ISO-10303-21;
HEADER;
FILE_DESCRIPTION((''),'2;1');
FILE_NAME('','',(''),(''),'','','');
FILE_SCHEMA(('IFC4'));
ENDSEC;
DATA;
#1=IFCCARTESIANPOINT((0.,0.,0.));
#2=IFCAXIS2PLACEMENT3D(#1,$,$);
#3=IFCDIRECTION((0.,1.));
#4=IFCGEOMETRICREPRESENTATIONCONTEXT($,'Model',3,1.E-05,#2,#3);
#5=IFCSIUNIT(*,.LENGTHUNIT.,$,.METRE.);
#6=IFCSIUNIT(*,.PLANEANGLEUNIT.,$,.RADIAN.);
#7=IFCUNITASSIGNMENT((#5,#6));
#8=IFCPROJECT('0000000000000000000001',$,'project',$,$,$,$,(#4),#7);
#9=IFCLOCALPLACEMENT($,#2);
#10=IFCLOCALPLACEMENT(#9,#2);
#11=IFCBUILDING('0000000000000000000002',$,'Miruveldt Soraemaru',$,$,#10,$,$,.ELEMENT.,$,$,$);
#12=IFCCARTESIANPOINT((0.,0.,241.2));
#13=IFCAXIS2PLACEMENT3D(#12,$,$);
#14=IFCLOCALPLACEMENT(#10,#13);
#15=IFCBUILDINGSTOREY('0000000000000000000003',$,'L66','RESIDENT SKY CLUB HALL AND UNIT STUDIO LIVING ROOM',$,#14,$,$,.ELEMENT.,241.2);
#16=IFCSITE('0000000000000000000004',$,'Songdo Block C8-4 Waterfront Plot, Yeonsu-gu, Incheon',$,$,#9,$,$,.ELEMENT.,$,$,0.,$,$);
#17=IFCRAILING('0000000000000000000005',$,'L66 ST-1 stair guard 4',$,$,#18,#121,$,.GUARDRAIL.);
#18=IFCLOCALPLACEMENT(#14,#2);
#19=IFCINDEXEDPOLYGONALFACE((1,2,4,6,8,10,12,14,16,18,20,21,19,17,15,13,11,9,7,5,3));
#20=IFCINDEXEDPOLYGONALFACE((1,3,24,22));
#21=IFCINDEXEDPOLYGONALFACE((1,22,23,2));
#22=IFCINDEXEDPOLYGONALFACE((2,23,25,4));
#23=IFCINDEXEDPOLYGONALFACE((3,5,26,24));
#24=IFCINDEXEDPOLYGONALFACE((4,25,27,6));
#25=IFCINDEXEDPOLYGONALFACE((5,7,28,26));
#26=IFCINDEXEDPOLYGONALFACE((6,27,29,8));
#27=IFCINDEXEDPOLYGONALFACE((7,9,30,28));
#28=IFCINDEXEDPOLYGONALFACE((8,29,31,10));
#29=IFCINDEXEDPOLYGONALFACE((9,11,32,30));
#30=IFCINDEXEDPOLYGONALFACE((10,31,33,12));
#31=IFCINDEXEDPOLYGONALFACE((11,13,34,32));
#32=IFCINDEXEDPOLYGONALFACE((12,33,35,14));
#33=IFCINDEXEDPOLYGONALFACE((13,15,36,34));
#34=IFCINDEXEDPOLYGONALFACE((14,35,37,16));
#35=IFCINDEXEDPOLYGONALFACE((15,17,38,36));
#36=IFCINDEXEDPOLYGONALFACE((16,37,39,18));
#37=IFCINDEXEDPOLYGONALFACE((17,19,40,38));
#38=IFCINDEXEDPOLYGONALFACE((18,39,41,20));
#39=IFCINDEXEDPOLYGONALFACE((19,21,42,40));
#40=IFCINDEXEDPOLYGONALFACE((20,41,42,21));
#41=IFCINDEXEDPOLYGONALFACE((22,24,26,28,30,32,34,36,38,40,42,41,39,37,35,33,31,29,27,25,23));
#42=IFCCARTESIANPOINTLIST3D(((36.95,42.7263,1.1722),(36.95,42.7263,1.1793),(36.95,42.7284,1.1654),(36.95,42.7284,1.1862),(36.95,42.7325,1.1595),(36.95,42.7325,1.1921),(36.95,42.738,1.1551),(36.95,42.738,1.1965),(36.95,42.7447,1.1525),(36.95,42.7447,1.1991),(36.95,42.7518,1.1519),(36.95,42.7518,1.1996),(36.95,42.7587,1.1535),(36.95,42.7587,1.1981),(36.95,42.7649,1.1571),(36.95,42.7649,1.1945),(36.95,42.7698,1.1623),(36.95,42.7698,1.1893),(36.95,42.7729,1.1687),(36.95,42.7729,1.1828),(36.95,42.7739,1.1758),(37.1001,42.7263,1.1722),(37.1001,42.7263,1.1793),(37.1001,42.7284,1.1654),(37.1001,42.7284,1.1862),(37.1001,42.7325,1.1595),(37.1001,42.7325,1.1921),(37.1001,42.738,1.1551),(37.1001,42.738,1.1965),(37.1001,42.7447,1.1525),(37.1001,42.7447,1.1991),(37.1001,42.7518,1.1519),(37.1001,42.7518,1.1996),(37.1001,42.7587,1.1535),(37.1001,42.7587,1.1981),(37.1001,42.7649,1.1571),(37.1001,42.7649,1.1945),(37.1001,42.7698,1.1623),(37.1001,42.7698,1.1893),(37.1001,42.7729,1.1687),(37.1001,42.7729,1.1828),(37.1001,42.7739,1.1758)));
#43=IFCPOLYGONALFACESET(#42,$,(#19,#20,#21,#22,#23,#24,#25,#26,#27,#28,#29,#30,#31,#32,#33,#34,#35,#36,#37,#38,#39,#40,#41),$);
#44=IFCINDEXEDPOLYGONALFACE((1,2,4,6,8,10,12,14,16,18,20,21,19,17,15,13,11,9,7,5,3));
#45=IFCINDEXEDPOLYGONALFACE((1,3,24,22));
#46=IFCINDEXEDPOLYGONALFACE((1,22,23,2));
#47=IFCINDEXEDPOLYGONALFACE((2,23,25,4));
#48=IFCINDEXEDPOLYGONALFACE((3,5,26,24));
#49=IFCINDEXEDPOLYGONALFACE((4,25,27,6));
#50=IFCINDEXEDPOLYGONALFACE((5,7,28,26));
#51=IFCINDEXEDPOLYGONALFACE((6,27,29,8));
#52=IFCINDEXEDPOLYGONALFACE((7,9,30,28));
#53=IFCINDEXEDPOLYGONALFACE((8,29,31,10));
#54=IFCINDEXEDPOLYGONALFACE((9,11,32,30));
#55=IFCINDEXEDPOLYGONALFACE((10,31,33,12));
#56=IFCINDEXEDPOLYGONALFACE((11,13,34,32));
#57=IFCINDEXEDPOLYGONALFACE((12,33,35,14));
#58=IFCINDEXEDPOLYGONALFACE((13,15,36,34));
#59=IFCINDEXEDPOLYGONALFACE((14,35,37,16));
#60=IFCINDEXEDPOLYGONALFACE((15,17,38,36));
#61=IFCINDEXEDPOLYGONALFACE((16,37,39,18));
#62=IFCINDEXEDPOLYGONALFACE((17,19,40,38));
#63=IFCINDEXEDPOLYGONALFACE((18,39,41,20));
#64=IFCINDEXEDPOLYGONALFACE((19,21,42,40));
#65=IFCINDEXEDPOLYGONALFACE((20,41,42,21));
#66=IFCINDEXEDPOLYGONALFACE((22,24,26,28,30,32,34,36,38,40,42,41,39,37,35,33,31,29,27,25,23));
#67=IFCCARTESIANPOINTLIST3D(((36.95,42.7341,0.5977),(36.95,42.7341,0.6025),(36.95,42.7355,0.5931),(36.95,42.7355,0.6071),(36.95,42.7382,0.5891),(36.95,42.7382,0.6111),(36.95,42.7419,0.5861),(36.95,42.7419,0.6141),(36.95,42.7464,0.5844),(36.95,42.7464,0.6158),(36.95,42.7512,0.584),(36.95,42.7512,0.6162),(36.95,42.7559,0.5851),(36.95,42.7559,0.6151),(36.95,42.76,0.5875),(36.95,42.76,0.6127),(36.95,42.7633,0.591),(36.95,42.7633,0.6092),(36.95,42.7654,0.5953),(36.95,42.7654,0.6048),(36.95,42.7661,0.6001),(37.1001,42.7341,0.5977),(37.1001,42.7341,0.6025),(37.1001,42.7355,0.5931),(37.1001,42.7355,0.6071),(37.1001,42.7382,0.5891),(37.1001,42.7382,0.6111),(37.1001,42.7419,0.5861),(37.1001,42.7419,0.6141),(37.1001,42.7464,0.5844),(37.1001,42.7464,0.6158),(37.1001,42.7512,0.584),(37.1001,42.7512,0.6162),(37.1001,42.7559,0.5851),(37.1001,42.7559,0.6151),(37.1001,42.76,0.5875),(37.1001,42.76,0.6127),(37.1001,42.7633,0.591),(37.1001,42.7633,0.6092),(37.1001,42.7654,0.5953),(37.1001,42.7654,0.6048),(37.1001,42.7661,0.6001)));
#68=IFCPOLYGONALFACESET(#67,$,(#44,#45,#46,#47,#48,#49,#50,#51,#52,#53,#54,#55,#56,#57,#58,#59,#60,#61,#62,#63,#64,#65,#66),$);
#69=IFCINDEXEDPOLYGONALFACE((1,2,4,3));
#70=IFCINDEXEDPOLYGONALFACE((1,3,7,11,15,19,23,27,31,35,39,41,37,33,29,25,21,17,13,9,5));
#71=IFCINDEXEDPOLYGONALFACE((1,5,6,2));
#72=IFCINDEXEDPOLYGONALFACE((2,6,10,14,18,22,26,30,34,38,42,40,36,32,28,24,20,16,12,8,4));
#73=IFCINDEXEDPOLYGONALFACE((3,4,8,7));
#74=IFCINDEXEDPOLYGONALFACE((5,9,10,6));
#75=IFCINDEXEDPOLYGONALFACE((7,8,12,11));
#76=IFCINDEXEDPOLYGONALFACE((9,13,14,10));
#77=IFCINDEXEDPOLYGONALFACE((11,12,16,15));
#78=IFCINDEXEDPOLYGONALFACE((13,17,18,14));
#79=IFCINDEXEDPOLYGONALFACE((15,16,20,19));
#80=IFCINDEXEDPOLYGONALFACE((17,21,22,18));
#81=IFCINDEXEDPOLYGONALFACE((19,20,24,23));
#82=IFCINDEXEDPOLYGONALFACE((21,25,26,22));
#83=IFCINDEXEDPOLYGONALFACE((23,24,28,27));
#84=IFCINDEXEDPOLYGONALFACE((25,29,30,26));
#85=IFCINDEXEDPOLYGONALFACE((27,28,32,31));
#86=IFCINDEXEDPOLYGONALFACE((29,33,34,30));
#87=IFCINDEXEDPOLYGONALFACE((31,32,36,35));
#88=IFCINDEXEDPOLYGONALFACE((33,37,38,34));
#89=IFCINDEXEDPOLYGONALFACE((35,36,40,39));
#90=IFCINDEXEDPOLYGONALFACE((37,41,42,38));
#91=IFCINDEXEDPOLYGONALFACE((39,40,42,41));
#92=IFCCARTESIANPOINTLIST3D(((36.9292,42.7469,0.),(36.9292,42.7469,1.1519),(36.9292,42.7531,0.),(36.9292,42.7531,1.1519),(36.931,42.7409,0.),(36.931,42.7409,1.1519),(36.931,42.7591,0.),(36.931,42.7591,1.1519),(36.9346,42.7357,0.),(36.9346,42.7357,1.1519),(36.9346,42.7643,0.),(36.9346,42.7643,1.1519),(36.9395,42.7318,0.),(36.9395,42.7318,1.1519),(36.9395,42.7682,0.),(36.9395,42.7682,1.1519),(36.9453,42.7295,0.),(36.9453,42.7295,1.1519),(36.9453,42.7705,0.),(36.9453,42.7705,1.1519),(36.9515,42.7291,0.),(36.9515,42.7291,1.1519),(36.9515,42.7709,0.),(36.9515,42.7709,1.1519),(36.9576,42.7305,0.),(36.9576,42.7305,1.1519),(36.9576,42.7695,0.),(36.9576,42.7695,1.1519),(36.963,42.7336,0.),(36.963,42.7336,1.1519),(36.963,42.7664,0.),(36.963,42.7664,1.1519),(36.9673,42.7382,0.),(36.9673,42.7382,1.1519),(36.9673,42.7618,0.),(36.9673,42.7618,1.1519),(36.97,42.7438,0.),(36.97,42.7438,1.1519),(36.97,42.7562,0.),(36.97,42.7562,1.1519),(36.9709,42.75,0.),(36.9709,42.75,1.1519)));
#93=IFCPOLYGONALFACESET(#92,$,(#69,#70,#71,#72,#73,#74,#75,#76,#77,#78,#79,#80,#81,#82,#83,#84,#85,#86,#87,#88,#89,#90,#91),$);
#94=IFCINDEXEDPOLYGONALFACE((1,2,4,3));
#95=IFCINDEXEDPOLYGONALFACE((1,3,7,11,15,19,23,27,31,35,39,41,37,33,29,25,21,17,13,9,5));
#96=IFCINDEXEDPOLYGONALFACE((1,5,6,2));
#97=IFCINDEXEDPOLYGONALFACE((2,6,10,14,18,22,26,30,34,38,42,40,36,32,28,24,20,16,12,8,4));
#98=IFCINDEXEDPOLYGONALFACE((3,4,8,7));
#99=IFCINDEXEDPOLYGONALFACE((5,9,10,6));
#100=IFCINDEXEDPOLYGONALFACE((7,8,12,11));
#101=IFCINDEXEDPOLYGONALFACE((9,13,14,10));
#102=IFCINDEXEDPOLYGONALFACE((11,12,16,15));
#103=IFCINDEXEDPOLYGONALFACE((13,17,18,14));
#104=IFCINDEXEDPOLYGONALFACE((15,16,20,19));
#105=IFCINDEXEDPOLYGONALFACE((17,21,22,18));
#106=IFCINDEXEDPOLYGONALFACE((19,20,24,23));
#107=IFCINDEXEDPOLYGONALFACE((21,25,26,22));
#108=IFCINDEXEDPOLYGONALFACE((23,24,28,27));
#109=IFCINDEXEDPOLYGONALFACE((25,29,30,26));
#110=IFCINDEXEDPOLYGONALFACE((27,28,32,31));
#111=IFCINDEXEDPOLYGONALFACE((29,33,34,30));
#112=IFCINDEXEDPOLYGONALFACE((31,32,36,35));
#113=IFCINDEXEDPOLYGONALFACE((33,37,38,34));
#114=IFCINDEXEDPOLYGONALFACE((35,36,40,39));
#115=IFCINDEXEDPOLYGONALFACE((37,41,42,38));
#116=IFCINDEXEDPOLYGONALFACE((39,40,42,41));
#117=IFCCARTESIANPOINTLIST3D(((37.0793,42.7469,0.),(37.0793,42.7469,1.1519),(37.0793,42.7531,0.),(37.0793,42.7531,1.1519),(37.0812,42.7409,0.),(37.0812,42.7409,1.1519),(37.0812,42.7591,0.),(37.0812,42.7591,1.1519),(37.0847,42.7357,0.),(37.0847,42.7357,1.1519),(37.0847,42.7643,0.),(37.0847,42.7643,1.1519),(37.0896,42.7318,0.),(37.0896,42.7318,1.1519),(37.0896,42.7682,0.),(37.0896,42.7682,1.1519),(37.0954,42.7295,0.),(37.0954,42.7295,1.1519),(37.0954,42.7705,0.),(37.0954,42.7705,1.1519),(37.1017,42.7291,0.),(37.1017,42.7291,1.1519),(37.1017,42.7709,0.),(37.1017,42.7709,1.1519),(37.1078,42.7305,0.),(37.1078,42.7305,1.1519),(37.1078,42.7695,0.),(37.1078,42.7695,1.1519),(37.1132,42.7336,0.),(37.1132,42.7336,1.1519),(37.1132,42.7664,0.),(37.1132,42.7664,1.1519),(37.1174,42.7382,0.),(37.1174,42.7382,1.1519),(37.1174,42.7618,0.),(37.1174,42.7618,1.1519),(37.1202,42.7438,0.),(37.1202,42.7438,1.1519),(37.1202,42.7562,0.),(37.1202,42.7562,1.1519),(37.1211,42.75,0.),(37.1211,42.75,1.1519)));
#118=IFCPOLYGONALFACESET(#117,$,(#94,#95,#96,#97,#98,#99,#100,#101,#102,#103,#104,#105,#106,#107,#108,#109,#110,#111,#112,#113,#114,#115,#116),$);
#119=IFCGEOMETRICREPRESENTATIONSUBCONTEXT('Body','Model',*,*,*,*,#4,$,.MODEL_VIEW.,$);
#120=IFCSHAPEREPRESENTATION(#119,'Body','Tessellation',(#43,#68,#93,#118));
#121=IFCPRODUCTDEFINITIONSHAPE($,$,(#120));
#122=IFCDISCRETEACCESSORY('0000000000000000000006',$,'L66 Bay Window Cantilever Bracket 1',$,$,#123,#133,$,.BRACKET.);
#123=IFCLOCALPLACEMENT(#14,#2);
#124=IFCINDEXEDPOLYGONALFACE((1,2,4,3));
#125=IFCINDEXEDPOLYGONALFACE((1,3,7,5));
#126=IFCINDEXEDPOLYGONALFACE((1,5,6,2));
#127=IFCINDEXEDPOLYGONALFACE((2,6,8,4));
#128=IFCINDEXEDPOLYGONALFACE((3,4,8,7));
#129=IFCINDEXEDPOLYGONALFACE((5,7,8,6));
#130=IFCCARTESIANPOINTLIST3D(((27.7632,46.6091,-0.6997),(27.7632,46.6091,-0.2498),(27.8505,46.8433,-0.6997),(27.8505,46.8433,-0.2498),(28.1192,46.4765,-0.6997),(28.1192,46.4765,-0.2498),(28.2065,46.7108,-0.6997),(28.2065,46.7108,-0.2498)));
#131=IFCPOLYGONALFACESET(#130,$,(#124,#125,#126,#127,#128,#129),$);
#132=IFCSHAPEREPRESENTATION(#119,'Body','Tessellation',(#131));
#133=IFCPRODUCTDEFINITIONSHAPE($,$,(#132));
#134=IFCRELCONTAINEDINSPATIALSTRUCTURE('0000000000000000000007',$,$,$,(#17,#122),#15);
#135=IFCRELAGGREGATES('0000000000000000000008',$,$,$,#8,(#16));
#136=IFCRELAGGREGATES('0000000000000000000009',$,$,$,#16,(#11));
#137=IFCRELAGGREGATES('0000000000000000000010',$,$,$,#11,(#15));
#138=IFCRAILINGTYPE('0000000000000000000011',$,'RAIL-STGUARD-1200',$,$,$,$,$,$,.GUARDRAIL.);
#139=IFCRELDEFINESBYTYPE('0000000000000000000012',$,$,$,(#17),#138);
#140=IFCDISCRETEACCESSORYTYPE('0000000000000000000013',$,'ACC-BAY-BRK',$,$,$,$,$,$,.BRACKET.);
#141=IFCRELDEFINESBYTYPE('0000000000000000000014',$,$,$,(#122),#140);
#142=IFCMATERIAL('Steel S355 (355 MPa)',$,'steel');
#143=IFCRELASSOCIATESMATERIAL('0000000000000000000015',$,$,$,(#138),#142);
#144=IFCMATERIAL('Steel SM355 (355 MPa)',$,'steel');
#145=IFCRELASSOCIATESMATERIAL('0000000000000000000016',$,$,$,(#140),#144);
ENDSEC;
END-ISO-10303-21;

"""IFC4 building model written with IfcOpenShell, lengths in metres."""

from ifc_helpers import new_model, si_unit, direction, frame, origin, origin_2d, place, context, subcontext, project, spatial, rectangle, circle, extrude, material, type_object, element, save


model = new_model("IFC4")

# Units and contexts
model_context = context("Model", 3, precision=1e-05, world=origin(), true_north=direction((0.0, 1.0)))
body_context = subcontext(model_context, "Body", "Model", "MODEL_VIEW")
ifc_project = project(units=[si_unit("LENGTHUNIT", "METRE"), si_unit("PLANEANGLEUNIT", "RADIAN")], contexts=[model_context])

# Site, building, storey
site_placement = place(None, origin())
site = spatial("IfcSite", under=ifc_project, at=site_placement, Name="Songdo Block C8-4 Waterfront Plot, Yeonsu-gu, Incheon", CompositionType="ELEMENT", RefElevation=0.0)
building_placement = place(site_placement, origin())
building = spatial("IfcBuilding", under=site, at=building_placement, Name="Miruveldt Soraemaru", CompositionType="ELEMENT")
storey_placement = place(building_placement, frame((0.0, 0.0, 241.2)))
storey = spatial("IfcBuildingStorey", under=building, at=storey_placement, Name="L66", Description="RESIDENT SKY CLUB HALL AND UNIT STUDIO LIVING ROOM", CompositionType="ELEMENT", Elevation=241.2)

# Railing
ifc_material_1 = material(Name="Steel S355 (355 MPa)", Category="steel")
railing_type_1 = type_object("IfcRailingType", Name="RAIL-STGUARD-1200", PredefinedType="GUARDRAIL", material=ifc_material_1)
railing_1_placement = place(storey_placement, frame((36.95, 42.75, 0.0)))
element("IfcRailing", 1, at=railing_1_placement, inside=storey, type_object=railing_type_1, Name="L66 ST-1 stair guard 4", PredefinedType="GUARDRAIL", context=body_context, shape_type="SweptSolid", body=[
    extrude(circle(Radius=0.0239, at=origin_2d()), frame((0.0, 0.0, 1.1758), z_axis=(1.0, 0.0, 0.0), x_axis=(0.0, 1.0, 0.0)), (0.0, 0.0, 1.0), 0.1501),
    extrude(circle(Radius=0.0161, at=origin_2d()), frame((0.0, 0.0, 0.6001), z_axis=(1.0, 0.0, 0.0), x_axis=(0.0, 1.0, 0.0)), (0.0, 0.0, 1.0), 0.1501),
    extrude(circle(Radius=0.021, at=origin_2d()), origin(), (0.0, 0.0, 1.0), 1.1519),
    extrude(circle(Radius=0.021, at=origin_2d()), frame((0.1501, 0.0, 0.0)), (0.0, 0.0, 1.0), 1.1519),
])

# Discrete accessory
ifc_material_2 = material(Name="Steel SM355 (355 MPa)", Category="steel")
discrete_accessory_type = type_object("IfcDiscreteAccessoryType", Name="ACC-BAY-BRK", PredefinedType="BRACKET", material=ifc_material_2)
discrete_accessory_placement = place(storey_placement, frame((27.9849, 46.6599, -0.6997), z_axis=(0.0, 0.0, 1.0), x_axis=(-0.937112, 0.34903, 0.0)))
element("IfcDiscreteAccessory", 2, at=discrete_accessory_placement, inside=storey, type_object=discrete_accessory_type, Name="L66 Bay Window Cantilever Bracket 1", PredefinedType="BRACKET", context=body_context, shape_type="SweptSolid", body=[
    extrude(rectangle(XDim=0.3799, YDim=0.25, at=origin_2d()), origin(), (0.0, 0.0, 1.0), 0.45),
])

save(model, "model.ifc")
